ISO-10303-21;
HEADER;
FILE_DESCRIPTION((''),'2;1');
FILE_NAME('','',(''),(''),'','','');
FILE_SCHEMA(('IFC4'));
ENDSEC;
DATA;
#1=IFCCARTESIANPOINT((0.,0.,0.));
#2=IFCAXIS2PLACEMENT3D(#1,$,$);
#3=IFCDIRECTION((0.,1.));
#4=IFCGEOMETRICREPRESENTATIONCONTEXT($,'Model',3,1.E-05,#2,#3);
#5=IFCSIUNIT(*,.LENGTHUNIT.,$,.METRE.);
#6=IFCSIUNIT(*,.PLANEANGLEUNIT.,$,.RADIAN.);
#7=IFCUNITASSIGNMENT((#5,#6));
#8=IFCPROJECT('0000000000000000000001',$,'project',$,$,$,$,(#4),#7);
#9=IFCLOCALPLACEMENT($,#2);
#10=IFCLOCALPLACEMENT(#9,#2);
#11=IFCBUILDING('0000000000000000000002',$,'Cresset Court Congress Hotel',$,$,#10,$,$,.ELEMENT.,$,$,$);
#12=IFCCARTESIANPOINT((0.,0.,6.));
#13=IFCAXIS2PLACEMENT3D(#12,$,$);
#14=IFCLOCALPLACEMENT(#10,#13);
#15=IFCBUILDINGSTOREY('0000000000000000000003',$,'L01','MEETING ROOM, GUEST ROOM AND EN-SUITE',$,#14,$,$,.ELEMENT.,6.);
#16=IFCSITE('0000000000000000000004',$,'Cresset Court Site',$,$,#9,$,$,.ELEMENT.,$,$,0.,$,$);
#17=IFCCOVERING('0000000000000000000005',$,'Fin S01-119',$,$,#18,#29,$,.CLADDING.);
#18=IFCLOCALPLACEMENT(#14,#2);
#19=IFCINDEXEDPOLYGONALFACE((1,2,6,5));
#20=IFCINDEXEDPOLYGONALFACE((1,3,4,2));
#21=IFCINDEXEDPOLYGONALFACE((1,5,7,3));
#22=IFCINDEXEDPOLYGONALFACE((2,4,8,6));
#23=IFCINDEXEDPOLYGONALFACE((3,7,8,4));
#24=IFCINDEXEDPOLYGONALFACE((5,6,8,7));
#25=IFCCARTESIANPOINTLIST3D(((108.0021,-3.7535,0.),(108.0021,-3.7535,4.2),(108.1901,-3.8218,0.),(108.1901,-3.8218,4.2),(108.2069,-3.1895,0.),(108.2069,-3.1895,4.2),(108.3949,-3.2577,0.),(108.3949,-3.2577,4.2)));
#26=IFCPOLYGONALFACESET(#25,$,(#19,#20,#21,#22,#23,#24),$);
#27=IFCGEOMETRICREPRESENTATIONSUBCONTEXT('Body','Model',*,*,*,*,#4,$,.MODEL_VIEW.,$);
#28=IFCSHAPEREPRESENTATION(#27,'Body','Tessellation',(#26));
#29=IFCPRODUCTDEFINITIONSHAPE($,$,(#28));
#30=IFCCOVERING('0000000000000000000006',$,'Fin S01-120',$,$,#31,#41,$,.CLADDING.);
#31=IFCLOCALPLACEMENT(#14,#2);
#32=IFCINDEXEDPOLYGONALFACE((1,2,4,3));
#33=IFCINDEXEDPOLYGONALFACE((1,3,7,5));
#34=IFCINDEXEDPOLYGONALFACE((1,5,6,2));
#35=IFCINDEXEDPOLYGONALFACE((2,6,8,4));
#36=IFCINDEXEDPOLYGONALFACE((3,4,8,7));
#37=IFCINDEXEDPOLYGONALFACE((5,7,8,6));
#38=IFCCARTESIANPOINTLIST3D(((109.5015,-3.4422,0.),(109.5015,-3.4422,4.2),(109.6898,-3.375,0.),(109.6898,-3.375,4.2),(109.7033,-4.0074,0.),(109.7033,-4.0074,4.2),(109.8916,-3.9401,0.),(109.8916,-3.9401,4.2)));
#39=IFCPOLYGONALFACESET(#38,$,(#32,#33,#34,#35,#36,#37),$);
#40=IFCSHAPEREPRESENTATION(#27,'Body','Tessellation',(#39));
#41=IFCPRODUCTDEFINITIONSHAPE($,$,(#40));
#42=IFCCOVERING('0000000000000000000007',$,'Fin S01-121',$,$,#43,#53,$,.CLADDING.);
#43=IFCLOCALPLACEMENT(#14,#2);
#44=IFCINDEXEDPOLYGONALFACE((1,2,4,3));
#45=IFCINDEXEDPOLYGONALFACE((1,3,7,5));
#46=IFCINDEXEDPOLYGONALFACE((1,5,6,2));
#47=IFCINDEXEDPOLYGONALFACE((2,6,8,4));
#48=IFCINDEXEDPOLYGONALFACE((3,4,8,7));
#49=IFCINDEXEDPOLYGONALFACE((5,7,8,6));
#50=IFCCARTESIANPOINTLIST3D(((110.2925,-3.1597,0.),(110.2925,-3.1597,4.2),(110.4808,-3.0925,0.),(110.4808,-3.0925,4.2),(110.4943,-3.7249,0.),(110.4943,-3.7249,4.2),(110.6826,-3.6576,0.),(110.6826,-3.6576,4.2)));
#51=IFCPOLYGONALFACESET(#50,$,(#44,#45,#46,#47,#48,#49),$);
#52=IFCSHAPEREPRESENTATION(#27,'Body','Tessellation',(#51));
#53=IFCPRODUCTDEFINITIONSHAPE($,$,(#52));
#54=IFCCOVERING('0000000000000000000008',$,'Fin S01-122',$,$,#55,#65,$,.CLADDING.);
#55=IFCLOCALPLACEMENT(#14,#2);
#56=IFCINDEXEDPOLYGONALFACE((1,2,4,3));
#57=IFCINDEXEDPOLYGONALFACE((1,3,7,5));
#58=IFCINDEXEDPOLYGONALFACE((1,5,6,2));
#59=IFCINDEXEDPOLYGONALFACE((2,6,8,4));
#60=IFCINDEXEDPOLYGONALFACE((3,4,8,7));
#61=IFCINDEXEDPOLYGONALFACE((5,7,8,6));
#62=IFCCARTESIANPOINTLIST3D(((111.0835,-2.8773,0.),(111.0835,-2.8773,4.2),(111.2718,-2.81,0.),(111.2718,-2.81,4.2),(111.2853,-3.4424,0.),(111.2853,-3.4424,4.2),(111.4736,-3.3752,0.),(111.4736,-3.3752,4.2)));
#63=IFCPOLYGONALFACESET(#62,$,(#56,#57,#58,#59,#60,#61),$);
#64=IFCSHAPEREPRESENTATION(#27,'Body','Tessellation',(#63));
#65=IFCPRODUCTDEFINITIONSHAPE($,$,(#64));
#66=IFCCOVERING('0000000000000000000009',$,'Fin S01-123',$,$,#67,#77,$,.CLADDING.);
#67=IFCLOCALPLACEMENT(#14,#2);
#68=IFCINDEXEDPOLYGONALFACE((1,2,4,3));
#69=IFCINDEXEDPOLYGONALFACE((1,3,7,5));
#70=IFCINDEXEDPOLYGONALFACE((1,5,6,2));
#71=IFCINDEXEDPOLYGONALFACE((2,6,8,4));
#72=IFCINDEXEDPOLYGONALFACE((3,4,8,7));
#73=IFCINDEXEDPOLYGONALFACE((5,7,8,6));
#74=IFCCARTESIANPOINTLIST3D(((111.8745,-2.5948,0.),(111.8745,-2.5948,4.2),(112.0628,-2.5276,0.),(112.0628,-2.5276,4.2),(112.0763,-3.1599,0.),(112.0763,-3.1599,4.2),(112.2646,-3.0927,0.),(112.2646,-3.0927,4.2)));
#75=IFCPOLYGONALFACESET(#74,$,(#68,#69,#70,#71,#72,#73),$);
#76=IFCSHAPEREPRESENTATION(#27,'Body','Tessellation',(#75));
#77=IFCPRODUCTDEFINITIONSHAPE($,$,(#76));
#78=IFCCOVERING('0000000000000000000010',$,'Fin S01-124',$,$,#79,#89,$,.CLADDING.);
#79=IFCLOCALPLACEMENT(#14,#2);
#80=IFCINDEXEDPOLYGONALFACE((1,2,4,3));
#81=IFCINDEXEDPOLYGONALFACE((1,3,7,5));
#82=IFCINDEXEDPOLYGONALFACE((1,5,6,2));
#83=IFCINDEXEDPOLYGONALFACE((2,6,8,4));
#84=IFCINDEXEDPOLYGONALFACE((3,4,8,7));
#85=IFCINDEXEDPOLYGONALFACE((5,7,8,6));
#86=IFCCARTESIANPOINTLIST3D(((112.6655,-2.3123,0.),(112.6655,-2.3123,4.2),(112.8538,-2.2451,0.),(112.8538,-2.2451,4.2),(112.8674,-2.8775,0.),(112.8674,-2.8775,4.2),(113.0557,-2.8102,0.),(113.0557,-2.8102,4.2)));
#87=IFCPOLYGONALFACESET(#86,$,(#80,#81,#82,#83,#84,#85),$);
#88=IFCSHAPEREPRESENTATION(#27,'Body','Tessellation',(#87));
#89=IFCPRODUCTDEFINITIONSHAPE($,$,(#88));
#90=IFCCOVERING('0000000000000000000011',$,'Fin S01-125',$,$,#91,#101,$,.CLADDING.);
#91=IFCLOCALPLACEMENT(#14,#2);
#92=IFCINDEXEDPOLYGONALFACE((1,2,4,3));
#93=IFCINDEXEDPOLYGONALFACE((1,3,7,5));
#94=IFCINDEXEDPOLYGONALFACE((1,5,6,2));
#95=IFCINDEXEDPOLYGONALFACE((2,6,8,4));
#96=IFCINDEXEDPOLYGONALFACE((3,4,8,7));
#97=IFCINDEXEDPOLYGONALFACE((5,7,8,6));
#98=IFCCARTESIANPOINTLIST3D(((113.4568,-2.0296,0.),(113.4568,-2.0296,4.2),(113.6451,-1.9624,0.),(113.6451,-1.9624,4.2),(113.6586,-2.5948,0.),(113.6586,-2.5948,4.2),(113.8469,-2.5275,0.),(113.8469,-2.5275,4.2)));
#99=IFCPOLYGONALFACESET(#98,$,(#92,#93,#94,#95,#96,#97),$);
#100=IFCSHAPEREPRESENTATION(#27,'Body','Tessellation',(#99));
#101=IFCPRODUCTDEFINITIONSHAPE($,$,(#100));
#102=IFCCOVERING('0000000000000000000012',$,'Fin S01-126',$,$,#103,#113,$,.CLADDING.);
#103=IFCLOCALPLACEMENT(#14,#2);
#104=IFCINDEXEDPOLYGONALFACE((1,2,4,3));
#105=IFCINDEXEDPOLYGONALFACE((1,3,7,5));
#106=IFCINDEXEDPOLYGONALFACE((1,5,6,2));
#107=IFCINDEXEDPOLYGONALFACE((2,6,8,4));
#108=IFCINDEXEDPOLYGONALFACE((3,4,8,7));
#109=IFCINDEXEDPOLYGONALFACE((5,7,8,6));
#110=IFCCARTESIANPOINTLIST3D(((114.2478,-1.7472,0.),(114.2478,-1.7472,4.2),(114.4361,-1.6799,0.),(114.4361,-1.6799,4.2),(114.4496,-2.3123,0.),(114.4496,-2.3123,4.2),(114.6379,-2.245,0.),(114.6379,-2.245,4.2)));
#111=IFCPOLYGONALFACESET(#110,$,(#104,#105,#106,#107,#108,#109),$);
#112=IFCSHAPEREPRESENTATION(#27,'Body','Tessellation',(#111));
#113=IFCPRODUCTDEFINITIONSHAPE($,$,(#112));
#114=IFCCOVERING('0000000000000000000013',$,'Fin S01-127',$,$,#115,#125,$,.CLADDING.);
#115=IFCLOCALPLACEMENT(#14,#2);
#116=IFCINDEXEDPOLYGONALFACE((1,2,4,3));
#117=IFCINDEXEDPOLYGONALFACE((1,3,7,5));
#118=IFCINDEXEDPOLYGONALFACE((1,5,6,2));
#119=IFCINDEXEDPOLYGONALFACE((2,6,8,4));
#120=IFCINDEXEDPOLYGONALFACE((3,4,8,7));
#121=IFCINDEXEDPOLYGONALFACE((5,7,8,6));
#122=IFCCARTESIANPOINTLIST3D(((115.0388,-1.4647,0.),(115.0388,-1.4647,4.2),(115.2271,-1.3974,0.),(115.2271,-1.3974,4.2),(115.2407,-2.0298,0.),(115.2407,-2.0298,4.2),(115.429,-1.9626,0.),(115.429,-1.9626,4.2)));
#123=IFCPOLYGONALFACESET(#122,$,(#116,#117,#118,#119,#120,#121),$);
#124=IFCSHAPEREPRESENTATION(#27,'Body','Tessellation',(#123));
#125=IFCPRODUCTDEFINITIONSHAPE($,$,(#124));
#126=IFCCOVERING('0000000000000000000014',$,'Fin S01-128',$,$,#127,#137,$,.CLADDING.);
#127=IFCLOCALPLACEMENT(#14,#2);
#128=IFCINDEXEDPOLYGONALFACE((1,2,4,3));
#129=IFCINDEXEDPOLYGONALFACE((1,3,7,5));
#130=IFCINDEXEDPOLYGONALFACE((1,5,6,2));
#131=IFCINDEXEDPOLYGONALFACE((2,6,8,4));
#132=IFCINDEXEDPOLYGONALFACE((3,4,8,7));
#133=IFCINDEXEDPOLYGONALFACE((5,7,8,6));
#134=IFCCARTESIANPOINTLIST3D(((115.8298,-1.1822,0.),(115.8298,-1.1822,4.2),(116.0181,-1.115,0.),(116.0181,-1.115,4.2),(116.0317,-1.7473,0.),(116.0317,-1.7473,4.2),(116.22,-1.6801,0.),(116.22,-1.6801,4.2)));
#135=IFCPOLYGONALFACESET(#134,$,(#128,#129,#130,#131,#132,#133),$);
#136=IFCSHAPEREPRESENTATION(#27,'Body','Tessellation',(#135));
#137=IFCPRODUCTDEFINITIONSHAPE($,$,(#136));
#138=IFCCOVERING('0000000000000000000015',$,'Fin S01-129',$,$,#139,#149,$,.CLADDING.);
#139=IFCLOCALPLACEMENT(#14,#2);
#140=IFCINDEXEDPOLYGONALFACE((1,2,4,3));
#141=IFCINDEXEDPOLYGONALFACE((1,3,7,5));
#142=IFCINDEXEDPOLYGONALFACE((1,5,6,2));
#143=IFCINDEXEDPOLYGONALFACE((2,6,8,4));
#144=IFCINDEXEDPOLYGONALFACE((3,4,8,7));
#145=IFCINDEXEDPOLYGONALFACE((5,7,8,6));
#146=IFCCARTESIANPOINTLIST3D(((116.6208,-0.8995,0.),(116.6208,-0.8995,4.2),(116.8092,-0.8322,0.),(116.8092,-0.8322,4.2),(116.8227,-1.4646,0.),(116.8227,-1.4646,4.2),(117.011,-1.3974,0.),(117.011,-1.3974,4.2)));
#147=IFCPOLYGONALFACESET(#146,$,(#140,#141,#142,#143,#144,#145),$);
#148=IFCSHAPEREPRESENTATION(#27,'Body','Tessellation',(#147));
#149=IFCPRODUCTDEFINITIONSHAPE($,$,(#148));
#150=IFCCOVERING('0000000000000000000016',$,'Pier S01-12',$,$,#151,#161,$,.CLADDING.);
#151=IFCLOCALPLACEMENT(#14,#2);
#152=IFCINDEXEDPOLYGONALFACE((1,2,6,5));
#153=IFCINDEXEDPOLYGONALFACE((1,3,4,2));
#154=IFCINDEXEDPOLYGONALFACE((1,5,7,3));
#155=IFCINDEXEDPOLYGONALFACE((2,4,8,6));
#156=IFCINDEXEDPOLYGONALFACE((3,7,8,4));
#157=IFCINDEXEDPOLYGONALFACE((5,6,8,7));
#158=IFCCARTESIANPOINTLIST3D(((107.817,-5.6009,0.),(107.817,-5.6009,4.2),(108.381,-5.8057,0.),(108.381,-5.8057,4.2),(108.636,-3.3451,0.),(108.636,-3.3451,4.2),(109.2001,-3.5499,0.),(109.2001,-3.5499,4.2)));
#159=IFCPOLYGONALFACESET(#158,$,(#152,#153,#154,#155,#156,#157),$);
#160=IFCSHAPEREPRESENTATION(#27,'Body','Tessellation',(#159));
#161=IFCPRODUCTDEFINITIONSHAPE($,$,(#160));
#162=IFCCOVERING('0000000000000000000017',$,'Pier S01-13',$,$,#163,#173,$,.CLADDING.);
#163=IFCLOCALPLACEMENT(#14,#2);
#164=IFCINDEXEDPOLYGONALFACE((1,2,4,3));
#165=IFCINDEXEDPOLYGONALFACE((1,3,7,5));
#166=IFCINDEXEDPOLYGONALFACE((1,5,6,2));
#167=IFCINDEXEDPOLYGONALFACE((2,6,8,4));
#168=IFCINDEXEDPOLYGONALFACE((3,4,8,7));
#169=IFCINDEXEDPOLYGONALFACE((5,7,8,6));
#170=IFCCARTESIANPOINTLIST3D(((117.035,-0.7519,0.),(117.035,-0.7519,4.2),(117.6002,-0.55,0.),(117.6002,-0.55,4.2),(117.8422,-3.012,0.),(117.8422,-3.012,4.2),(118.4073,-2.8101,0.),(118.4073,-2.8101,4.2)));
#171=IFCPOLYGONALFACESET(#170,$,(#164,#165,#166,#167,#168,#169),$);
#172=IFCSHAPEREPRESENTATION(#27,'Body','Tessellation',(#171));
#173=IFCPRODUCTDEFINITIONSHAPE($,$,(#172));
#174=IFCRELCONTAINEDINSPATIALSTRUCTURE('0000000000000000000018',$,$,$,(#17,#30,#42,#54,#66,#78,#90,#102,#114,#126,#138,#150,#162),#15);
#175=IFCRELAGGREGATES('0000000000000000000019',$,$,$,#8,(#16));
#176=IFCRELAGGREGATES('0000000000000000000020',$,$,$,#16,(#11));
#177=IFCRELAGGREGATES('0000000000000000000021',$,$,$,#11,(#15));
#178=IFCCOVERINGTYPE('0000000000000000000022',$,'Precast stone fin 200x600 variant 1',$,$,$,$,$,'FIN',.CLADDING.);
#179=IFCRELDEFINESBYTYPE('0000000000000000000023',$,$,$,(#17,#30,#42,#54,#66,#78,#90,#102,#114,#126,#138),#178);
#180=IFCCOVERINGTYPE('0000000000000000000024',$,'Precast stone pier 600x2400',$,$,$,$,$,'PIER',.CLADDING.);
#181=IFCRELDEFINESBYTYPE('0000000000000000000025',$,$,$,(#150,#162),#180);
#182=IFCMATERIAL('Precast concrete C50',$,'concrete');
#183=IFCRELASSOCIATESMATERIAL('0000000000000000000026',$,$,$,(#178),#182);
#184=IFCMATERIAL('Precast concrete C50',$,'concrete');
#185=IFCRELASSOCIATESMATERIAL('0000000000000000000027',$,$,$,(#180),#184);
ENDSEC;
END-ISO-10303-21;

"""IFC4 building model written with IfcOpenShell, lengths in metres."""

from ifc_helpers import new_model, si_unit, direction, frame, origin, origin_2d, place, context, subcontext, project, spatial, rectangle, extrude, material, type_object, element, save


model = new_model("IFC4")

# Units and contexts
model_context = context("Model", 3, precision=1e-05, world=origin(), true_north=direction((0.0, 1.0)))
body_context = subcontext(model_context, "Body", "Model", "MODEL_VIEW")
ifc_project = project(units=[si_unit("LENGTHUNIT", "METRE"), si_unit("PLANEANGLEUNIT", "RADIAN")], contexts=[model_context])

# Site, building, storey
site_placement = place(None, origin())
site = spatial("IfcSite", under=ifc_project, at=site_placement, Name="Cresset Court Site", CompositionType="ELEMENT", RefElevation=0.0)
building_placement = place(site_placement, origin())
building = spatial("IfcBuilding", under=site, at=building_placement, Name="Cresset Court Congress Hotel", CompositionType="ELEMENT")
storey_placement = place(building_placement, frame((0.0, 0.0, 6.0)))
storey = spatial("IfcBuildingStorey", under=building, at=storey_placement, Name="L01", Description="MEETING ROOM, GUEST ROOM AND EN-SUITE", CompositionType="ELEMENT", Elevation=6.0)

# Coverings
ifc_material_1 = material(Name="Precast concrete C50", Category="concrete")
covering_type_1 = type_object("IfcCoveringType", Name="Precast stone fin 200x600 variant 1", ElementType="FIN", PredefinedType="CLADDING", material=ifc_material_1)
for number, where, z_axis, x_axis, name in (
    (1, (108.1985, -3.5056, 0.0), (0.0, 0.0, 1.0), (0.939957, -0.341293, 0.0), "Fin S01-119"),
    (2, (109.6965, -3.6912, 0.0), (0.0, 0.0, 1.0), (0.941742, 0.336336, 0.0), "Fin S01-120"),
    (3, (110.4875, -3.4087, 0.0), (0.0, 0.0, 1.0), (0.941742, 0.336336, 0.0), "Fin S01-121"),
    (4, (111.2786, -3.1262, 0.0), (0.0, 0.0, 1.0), (0.941742, 0.336336, 0.0), "Fin S01-122"),
    (5, (112.0696, -2.8438, 0.0), (0.0, 0.0, 1.0), (0.941742, 0.336336, 0.0), "Fin S01-123"),
    (6, (112.8606, -2.5613, 0.0), (0.0, 0.0, 1.0), (0.941742, 0.336336, 0.0), "Fin S01-124"),
    (7, (113.6519, -2.2786, 0.0), (0.0, 0.0, 1.0), (0.941742, 0.336336, 0.0), "Fin S01-125"),
    (8, (114.4429, -1.9961, 0.0), (0.0, 0.0, 1.0), (0.941742, 0.336336, 0.0), "Fin S01-126"),
    (9, (115.2339, -1.7136, 0.0), (0.0, 0.0, 1.0), (0.941742, 0.336336, 0.0), "Fin S01-127"),
    (10, (116.0249, -1.4312, 0.0), (0.0, 0.0, 1.0), (0.941742, 0.336336, 0.0), "Fin S01-128"),
    (11, (116.8159, -1.1484, 0.0), (0.0, 0.0, 1.0), (0.941742, 0.336336, 0.0), "Fin S01-129"),
):
    element("IfcCovering", number, at=place(storey_placement, frame(where, z_axis=z_axis, x_axis=x_axis)), inside=storey, type_object=covering_type_1, Name=name, PredefinedType="CLADDING", context=body_context, shape_type="SweptSolid", body=[
        extrude(rectangle(XDim=0.2, YDim=0.6001, at=origin_2d()), origin(), (0.0, 0.0, 1.0), 4.2),
    ])
ifc_material_2 = material(Name="Precast concrete C50", Category="concrete")
covering_type_2 = type_object("IfcCoveringType", Name="Precast stone pier 600x2400", ElementType="PIER", PredefinedType="CLADDING", material=ifc_material_2)
for number, where, z_axis, x_axis, name in (
    (12, (108.5085, -4.5754, 0.0), (0.0, 0.0, 1.0), (0.939957, -0.341293, 0.0), "Pier S01-12"),
    (13, (117.7212, -1.781, 0.0), (0.0, 0.0, 1.0), (0.941742, 0.336336, 0.0), "Pier S01-13"),
):
    element("IfcCovering", number, at=place(storey_placement, frame(where, z_axis=z_axis, x_axis=x_axis)), inside=storey, type_object=covering_type_2, Name=name, PredefinedType="CLADDING", context=body_context, shape_type="SweptSolid", body=[
        extrude(rectangle(XDim=0.6001, YDim=2.3999, at=origin_2d()), origin(), (0.0, 0.0, 1.0), 4.2),
    ])

save(model, "model.ifc")
